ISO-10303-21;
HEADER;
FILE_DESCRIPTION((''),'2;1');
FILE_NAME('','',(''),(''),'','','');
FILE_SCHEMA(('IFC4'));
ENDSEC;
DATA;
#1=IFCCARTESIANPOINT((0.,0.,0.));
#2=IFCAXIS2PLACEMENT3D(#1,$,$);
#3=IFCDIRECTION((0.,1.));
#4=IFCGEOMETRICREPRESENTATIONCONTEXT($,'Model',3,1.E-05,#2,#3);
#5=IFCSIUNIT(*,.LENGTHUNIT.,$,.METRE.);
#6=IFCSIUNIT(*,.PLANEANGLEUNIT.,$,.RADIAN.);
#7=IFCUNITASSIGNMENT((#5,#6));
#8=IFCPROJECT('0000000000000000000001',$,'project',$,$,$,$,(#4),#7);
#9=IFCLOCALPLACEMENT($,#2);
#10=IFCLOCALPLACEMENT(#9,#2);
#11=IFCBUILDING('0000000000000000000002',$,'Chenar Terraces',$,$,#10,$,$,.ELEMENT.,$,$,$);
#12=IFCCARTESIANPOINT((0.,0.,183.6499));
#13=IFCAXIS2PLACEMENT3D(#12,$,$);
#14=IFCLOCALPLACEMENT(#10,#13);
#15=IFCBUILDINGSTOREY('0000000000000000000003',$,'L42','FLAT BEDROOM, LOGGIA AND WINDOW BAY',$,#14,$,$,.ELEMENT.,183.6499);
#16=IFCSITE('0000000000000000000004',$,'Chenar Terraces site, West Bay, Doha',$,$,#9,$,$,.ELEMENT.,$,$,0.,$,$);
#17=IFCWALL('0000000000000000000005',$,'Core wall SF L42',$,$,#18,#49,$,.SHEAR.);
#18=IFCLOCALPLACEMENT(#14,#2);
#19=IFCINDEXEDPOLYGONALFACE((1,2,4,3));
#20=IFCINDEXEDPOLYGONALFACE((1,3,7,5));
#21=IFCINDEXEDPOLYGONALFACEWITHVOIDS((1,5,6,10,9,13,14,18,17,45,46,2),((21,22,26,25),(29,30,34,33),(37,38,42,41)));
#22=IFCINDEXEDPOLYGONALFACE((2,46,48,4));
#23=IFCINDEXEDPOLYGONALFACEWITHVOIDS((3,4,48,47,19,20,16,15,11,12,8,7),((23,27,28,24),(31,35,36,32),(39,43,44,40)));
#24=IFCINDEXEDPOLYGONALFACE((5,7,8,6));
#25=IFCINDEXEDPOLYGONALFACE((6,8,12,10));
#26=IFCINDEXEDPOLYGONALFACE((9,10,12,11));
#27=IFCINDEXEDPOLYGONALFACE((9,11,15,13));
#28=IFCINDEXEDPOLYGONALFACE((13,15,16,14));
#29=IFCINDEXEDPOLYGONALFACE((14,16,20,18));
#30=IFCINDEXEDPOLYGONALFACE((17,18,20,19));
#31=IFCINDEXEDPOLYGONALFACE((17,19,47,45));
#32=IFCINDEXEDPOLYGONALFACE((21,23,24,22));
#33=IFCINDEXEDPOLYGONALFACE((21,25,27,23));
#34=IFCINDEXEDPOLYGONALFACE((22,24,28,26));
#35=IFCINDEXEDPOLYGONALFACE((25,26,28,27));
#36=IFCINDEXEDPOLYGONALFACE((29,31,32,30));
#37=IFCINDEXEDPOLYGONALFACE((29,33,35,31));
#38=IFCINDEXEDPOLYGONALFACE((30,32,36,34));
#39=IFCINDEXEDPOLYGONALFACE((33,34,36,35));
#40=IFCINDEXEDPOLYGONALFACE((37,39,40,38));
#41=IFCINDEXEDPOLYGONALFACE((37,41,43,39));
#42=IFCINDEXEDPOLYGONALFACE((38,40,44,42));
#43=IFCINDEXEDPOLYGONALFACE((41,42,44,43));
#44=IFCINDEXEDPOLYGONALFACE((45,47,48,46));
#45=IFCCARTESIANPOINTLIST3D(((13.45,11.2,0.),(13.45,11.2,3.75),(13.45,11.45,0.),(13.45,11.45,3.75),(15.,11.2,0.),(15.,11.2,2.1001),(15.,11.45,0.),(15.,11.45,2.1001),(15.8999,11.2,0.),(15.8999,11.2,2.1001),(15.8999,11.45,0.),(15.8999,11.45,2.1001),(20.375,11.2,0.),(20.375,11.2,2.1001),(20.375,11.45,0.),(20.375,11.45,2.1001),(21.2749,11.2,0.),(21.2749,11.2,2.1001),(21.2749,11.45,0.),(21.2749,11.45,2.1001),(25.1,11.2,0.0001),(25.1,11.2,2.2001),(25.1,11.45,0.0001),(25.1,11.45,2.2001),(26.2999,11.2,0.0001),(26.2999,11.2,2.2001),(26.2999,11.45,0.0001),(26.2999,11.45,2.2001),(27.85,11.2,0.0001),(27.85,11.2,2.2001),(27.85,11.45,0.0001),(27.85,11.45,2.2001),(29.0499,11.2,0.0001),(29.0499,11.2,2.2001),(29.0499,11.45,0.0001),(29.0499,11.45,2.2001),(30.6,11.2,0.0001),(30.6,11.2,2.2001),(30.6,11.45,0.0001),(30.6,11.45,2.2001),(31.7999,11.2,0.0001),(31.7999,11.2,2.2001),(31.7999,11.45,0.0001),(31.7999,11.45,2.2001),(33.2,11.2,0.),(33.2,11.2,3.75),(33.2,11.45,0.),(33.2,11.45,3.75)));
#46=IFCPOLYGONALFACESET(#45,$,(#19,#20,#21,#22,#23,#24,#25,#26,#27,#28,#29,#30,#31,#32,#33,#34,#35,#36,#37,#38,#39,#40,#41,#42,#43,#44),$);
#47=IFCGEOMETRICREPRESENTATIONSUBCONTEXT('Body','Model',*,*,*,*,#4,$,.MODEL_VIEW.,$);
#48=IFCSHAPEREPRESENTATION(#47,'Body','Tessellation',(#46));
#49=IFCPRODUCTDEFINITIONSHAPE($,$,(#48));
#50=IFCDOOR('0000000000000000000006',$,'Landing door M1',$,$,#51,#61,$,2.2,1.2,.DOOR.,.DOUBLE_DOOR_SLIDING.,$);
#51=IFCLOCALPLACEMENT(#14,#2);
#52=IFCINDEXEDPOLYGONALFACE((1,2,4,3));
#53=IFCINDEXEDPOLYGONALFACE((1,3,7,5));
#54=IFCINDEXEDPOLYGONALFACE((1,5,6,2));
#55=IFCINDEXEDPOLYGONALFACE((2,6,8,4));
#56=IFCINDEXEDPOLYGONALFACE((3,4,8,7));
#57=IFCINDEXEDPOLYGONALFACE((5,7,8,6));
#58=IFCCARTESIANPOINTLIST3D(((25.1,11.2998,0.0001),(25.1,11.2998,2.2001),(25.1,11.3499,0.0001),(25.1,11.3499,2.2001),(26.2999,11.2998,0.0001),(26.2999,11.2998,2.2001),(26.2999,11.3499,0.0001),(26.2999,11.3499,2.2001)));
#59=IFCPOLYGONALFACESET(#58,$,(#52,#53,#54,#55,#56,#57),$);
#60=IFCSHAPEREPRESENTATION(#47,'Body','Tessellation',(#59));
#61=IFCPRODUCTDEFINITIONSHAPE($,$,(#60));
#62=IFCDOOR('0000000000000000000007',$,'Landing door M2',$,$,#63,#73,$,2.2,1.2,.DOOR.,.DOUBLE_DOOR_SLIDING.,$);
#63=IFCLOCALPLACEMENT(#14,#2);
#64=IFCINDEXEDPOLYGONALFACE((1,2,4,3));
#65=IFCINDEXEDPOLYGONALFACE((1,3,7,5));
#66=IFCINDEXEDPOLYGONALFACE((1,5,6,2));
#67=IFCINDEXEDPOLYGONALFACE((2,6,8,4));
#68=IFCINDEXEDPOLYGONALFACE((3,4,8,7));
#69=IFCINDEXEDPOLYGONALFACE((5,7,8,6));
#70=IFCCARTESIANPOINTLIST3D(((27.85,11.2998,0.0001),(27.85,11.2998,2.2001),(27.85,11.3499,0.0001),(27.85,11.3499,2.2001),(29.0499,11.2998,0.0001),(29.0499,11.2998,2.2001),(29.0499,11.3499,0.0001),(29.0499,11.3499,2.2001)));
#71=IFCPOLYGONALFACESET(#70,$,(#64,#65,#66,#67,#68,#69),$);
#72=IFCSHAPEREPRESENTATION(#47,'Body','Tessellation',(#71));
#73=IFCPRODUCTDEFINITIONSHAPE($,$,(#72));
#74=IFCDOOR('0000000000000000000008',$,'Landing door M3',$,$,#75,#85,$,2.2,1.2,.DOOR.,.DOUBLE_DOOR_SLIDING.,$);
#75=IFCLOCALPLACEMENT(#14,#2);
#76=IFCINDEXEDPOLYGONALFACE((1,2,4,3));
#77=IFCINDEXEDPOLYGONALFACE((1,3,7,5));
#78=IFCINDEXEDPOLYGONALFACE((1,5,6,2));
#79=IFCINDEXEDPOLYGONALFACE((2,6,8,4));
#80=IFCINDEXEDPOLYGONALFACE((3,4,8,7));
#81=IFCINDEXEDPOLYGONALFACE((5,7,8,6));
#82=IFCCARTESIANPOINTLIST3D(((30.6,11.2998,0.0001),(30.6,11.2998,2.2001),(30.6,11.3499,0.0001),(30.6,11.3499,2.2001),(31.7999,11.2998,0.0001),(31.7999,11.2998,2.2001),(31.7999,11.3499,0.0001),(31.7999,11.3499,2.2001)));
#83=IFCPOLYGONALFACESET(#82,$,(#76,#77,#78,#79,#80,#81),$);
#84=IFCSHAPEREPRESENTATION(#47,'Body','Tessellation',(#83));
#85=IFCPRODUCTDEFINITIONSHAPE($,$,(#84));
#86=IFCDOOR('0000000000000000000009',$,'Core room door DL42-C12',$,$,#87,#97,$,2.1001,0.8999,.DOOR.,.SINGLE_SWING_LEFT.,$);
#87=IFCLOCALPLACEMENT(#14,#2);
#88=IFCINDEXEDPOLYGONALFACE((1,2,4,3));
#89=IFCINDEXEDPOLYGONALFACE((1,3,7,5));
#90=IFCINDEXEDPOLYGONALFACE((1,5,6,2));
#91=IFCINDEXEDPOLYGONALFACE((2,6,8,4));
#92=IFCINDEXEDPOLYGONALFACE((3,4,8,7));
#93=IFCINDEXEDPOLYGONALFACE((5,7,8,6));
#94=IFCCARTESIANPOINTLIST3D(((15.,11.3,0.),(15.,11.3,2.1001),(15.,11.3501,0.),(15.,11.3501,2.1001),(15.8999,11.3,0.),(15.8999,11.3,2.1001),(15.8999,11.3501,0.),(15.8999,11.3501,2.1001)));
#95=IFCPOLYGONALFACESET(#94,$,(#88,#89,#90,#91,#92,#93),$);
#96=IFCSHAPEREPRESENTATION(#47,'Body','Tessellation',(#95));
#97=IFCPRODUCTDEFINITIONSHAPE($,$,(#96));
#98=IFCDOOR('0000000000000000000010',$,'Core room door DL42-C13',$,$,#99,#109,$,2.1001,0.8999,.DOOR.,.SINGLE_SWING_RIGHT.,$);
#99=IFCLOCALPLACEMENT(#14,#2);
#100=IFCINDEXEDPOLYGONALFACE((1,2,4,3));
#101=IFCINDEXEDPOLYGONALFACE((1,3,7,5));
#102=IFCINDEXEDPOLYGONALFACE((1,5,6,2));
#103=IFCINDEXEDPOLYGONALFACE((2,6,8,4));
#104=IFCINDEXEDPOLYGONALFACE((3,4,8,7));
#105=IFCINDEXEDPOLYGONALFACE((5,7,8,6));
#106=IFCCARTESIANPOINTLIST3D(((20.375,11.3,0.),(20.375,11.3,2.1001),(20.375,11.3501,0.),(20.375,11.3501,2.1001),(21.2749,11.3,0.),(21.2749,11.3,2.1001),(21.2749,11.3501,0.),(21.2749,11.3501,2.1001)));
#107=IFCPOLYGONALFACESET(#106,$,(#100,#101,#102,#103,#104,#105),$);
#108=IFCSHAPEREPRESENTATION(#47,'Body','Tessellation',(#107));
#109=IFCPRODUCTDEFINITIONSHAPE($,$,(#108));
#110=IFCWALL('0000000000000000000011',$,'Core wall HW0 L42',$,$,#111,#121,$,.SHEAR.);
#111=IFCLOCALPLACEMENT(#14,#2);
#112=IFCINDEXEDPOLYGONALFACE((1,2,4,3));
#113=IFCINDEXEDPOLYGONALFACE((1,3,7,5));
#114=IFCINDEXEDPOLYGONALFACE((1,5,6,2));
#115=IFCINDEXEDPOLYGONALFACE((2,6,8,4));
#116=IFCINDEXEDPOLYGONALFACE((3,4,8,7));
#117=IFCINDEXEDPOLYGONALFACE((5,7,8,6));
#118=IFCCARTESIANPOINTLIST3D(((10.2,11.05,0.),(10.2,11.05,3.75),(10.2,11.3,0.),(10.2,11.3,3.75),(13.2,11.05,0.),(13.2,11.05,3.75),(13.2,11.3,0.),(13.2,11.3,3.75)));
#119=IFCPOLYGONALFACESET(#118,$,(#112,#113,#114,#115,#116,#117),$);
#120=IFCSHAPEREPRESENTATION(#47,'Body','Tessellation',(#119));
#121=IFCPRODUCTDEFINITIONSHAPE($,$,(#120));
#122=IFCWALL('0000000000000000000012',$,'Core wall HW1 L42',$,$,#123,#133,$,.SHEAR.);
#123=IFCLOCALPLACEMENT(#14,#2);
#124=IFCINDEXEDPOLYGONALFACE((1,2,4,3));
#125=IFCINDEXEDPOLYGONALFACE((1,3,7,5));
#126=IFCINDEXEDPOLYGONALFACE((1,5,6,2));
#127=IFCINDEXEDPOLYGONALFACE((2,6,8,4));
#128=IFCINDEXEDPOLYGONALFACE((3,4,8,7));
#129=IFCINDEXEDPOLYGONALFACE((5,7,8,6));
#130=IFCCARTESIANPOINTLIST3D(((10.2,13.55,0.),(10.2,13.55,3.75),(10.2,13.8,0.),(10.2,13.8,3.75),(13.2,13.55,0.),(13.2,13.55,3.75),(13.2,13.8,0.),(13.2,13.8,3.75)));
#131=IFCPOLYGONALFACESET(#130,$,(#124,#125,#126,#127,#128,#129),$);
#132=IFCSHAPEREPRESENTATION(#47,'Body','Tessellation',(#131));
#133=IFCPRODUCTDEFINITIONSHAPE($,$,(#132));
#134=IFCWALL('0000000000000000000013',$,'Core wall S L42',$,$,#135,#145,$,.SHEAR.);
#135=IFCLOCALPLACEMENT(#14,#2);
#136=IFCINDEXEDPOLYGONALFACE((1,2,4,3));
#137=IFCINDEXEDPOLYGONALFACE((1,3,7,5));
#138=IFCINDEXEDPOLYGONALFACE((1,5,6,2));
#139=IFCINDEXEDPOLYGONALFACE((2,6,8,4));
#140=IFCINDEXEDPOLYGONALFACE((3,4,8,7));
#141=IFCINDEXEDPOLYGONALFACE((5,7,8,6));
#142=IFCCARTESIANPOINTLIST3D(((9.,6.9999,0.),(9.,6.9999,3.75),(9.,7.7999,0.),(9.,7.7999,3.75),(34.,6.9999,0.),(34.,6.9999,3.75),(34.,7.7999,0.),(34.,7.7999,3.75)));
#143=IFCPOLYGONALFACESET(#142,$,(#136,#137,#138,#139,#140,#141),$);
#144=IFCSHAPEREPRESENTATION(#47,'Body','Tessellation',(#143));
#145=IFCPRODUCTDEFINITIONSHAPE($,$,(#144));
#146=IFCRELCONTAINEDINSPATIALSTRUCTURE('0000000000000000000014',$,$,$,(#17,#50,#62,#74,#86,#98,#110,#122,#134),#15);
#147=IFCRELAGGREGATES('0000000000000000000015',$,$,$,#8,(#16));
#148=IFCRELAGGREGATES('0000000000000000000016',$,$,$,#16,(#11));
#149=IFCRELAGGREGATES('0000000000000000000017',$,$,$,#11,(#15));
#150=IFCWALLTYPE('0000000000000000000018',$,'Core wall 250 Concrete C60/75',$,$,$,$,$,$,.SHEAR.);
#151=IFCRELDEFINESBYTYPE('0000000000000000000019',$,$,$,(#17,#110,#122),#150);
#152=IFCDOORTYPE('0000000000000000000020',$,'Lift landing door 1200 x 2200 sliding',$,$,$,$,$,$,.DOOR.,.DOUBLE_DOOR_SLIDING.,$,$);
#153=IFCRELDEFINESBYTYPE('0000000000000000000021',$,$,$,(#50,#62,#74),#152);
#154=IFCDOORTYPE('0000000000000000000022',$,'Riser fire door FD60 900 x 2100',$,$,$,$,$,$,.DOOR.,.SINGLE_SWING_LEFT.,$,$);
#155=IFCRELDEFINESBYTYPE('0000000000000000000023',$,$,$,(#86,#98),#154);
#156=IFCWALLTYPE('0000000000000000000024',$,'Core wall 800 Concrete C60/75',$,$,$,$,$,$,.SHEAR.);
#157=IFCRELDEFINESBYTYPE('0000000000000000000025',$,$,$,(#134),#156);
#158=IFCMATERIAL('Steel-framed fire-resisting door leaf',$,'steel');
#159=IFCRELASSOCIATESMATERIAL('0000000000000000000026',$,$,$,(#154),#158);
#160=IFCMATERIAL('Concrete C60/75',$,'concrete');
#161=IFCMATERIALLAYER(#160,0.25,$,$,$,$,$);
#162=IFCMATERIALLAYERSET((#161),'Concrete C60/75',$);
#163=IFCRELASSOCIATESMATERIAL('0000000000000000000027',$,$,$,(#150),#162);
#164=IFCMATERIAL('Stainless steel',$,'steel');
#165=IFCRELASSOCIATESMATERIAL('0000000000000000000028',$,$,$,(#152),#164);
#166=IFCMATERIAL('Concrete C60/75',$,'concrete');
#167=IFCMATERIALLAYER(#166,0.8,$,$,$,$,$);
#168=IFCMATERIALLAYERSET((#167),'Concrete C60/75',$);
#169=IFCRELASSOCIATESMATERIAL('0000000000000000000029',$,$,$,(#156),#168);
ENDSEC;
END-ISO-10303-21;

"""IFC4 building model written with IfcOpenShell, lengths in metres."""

from ifc_helpers import new_model, si_unit, direction, frame, frame_2d, origin, place, context, subcontext, project, spatial, rectangle, extrude, material, layer, layer_set, type_object, element, fill, save


model = new_model("IFC4")

# Units and contexts
model_context = context("Model", 3, precision=1e-05, world=origin(), true_north=direction((0.0, 1.0)))
body_context = subcontext(model_context, "Body", "Model", "MODEL_VIEW")
ifc_project = project(units=[si_unit("LENGTHUNIT", "METRE"), si_unit("PLANEANGLEUNIT", "RADIAN")], contexts=[model_context])

# Site, building, storey
site_placement = place(None, origin())
site = spatial("IfcSite", under=ifc_project, at=site_placement, Name="Chenar Terraces site, West Bay, Doha", CompositionType="ELEMENT", RefElevation=0.0)
building_placement = place(site_placement, origin())
building = spatial("IfcBuilding", under=site, at=building_placement, Name="Chenar Terraces", CompositionType="ELEMENT")
storey_placement = place(building_placement, frame((0.0, 0.0, 183.6499)))
storey = spatial("IfcBuildingStorey", under=building, at=storey_placement, Name="L42", Description="FLAT BEDROOM, LOGGIA AND WINDOW BAY", CompositionType="ELEMENT", Elevation=183.6499)

# Shared definitions
ifc_material_1 = material(Name="Steel-framed fire-resisting door leaf", Category="steel")
door_type_1 = type_object("IfcDoorType", Name="Riser fire door FD60 900 x 2100", OperationType="SINGLE_SWING_LEFT", PredefinedType="DOOR", material=ifc_material_1)

# Shared definitions
ifc_material_2 = material(Name="Concrete C60/75", Category="concrete")
ifc_layer_1 = layer(ifc_material_2, 0.25)
ifc_layer_set_1 = layer_set([ifc_layer_1], Name="Concrete C60/75")
wall_type_1 = type_object("IfcWallType", Name="Core wall 250 Concrete C60/75", PredefinedType="SHEAR", material=ifc_layer_set_1)

# Wall, openings, doors
wall_1_placement = place(storey_placement, frame((13.45, 11.325, 0.0), z_axis=(0.0, 0.0, 1.0), x_axis=(1.0, 0.0, 0.0)))
wall_1 = element("IfcWall", 1, at=wall_1_placement, inside=storey, type_object=wall_type_1, Name="Core wall SF L42", PredefinedType="SHEAR", context=body_context, shape_type="SweptSolid", body=[
    extrude(rectangle(XDim=19.75, YDim=0.25, at=frame_2d((9.875, 0.0))), origin(), (0.0, 0.0, 1.0), 3.75),
])
opening_1_placement = place(wall_1_placement, frame((11.6499, 0.0, 0.0)))
opening_1 = element("IfcOpeningElement", 2, at=opening_1_placement, cuts=wall_1, PredefinedType="OPENING", context=body_context, shape_type="SweptSolid", body=[
    extrude(rectangle(XDim=1.2, YDim=2.2, at=frame_2d((0.6001, 1.1001))), frame((0.0, 0.135, 0.0), z_axis=(0.0, -1.0, 0.0), x_axis=(1.0, 0.0, 0.0)), (0.0, 0.0, 1.0), 0.27),
])
opening_2_placement = place(wall_1_placement, frame((14.3999, 0.0, 0.0)))
opening_2 = element("IfcOpeningElement", 3, at=opening_2_placement, cuts=wall_1, PredefinedType="OPENING", context=body_context, shape_type="SweptSolid", body=[
    extrude(rectangle(XDim=1.2, YDim=2.2, at=frame_2d((0.6001, 1.1001))), frame((0.0, 0.135, 0.0), z_axis=(0.0, -1.0, 0.0), x_axis=(1.0, 0.0, 0.0)), (0.0, 0.0, 1.0), 0.27),
])
opening_3_placement = place(wall_1_placement, frame((17.1499, 0.0, 0.0)))
opening_3 = element("IfcOpeningElement", 4, at=opening_3_placement, cuts=wall_1, PredefinedType="OPENING", context=body_context, shape_type="SweptSolid", body=[
    extrude(rectangle(XDim=1.2, YDim=2.2, at=frame_2d((0.6001, 1.1001))), frame((0.0, 0.135, 0.0), z_axis=(0.0, -1.0, 0.0), x_axis=(1.0, 0.0, 0.0)), (0.0, 0.0, 1.0), 0.27),
])
opening_4_placement = place(wall_1_placement, frame((1.55, 0.0, 0.0)))
opening_4 = element("IfcOpeningElement", 5, at=opening_4_placement, cuts=wall_1, PredefinedType="OPENING", context=body_context, shape_type="SweptSolid", body=[
    extrude(rectangle(XDim=0.8999, YDim=2.1001, at=frame_2d((0.45, 1.05))), frame((0.0, 0.135, 0.0), z_axis=(0.0, -1.0, 0.0), x_axis=(1.0, 0.0, 0.0)), (0.0, 0.0, 1.0), 0.27),
])
opening_5_placement = place(wall_1_placement, frame((6.925, 0.0, 0.0)))
opening_5 = element("IfcOpeningElement", 6, at=opening_5_placement, cuts=wall_1, PredefinedType="OPENING", context=body_context, shape_type="SweptSolid", body=[
    extrude(rectangle(XDim=0.8999, YDim=2.1001, at=frame_2d((0.45, 1.05))), frame((0.0, 0.135, 0.0), z_axis=(0.0, -1.0, 0.0), x_axis=(1.0, 0.0, 0.0)), (0.0, 0.0, 1.0), 0.27),
])
ifc_material_3 = material(Name="Stainless steel", Category="steel")
door_type_2 = type_object("IfcDoorType", Name="Lift landing door 1200 x 2200 sliding", OperationType="DOUBLE_DOOR_SLIDING", PredefinedType="DOOR", material=ifc_material_3)
door_1_placement = place(opening_1_placement, origin())
door_1 = element("IfcDoor", 7, at=door_1_placement, inside=storey, type_object=door_type_2, Name="Landing door M1", OperationType="DOUBLE_DOOR_SLIDING", OverallHeight=2.2, OverallWidth=1.2, PredefinedType="DOOR", context=body_context, shape_type="SweptSolid", body=[
    extrude(rectangle(XDim=1.2, YDim=2.2, at=frame_2d((0.6001, 1.1001))), frame((0.0, 0.0249, 0.0), z_axis=(0.0, -1.0, 0.0), x_axis=(1.0, 0.0, 0.0)), (0.0, 0.0, 1.0), 0.05),
])
fill(opening_1, door_1)
door_2_placement = place(opening_2_placement, origin())
door_2 = element("IfcDoor", 8, at=door_2_placement, inside=storey, type_object=door_type_2, Name="Landing door M2", OperationType="DOUBLE_DOOR_SLIDING", OverallHeight=2.2, OverallWidth=1.2, PredefinedType="DOOR", context=body_context, shape_type="SweptSolid", body=[
    extrude(rectangle(XDim=1.2, YDim=2.2, at=frame_2d((0.6001, 1.1001))), frame((0.0, 0.0249, 0.0), z_axis=(0.0, -1.0, 0.0), x_axis=(1.0, 0.0, 0.0)), (0.0, 0.0, 1.0), 0.05),
])
fill(opening_2, door_2)
door_3_placement = place(opening_3_placement, origin())
door_3 = element("IfcDoor", 9, at=door_3_placement, inside=storey, type_object=door_type_2, Name="Landing door M3", OperationType="DOUBLE_DOOR_SLIDING", OverallHeight=2.2, OverallWidth=1.2, PredefinedType="DOOR", context=body_context, shape_type="SweptSolid", body=[
    extrude(rectangle(XDim=1.2, YDim=2.2, at=frame_2d((0.6001, 1.1001))), frame((0.0, 0.0249, 0.0), z_axis=(0.0, -1.0, 0.0), x_axis=(1.0, 0.0, 0.0)), (0.0, 0.0, 1.0), 0.05),
])
fill(opening_3, door_3)
door_4_placement = place(opening_4_placement, frame((0.8999, 0.0, 0.0), z_axis=(0.0, 0.0, 1.0), x_axis=(-1.0, 0.0, 0.0)))
door_4 = element("IfcDoor", 10, at=door_4_placement, inside=storey, type_object=door_type_1, Name="Core room door DL42-C12", OperationType="SINGLE_SWING_LEFT", OverallHeight=2.1001, OverallWidth=0.8999, PredefinedType="DOOR", context=body_context, shape_type="SweptSolid", body=[
    extrude(rectangle(XDim=0.8999, YDim=2.1001, at=frame_2d((0.45, 1.05))), frame((0.0, 0.0249, 0.0), z_axis=(0.0, -1.0, 0.0), x_axis=(1.0, 0.0, 0.0)), (0.0, 0.0, 1.0), 0.05),
])
fill(opening_4, door_4)
door_5_placement = place(opening_5_placement, frame((0.8999, 0.0, 0.0), z_axis=(0.0, 0.0, 1.0), x_axis=(-1.0, 0.0, 0.0)))
door_5 = element("IfcDoor", 11, at=door_5_placement, inside=storey, type_object=door_type_1, Name="Core room door DL42-C13", OperationType="SINGLE_SWING_RIGHT", OverallHeight=2.1001, OverallWidth=0.8999, PredefinedType="DOOR", context=body_context, shape_type="SweptSolid", body=[
    extrude(rectangle(XDim=0.8999, YDim=2.1001, at=frame_2d((0.45, 1.05))), frame((0.0, 0.0249, 0.0), z_axis=(0.0, -1.0, 0.0), x_axis=(1.0, 0.0, 0.0)), (0.0, 0.0, 1.0), 0.05),
])
fill(opening_5, door_5)

# Walls
for number, where, z_axis, x_axis, name in (
    (12, (10.2, 11.175, 0.0), (0.0, 0.0, 1.0), (1.0, 0.0, 0.0), "Core wall HW0 L42"),
    (13, (10.2, 13.675, 0.0), (0.0, 0.0, 1.0), (1.0, 0.0, 0.0), "Core wall HW1 L42"),
):
    element("IfcWall", number, at=place(storey_placement, frame(where, z_axis=z_axis, x_axis=x_axis)), inside=storey, type_object=wall_type_1, Name=name, PredefinedType="SHEAR", context=body_context, shape_type="SweptSolid", body=[
        extrude(rectangle(XDim=3.0, YDim=0.25, at=frame_2d((1.5, 0.0))), origin(), (0.0, 0.0, 1.0), 3.75),
    ])
ifc_material_4 = material(Name="Concrete C60/75", Category="concrete")
ifc_layer_2 = layer(ifc_material_4, 0.8)
ifc_layer_set_2 = layer_set([ifc_layer_2], Name="Concrete C60/75")
wall_type_2 = type_object("IfcWallType", Name="Core wall 800 Concrete C60/75", PredefinedType="SHEAR", material=ifc_layer_set_2)
wall_2_placement = place(storey_placement, frame((9.0, 7.3999, 0.0), z_axis=(0.0, 0.0, 1.0), x_axis=(1.0, 0.0, 0.0)))
element("IfcWall", 14, at=wall_2_placement, inside=storey, type_object=wall_type_2, Name="Core wall S L42", PredefinedType="SHEAR", context=body_context, shape_type="SweptSolid", body=[
    extrude(rectangle(XDim=25.0, YDim=0.8, at=frame_2d((12.5, 0.0))), origin(), (0.0, 0.0, 1.0), 3.75),
])

save(model, "model.ifc")
